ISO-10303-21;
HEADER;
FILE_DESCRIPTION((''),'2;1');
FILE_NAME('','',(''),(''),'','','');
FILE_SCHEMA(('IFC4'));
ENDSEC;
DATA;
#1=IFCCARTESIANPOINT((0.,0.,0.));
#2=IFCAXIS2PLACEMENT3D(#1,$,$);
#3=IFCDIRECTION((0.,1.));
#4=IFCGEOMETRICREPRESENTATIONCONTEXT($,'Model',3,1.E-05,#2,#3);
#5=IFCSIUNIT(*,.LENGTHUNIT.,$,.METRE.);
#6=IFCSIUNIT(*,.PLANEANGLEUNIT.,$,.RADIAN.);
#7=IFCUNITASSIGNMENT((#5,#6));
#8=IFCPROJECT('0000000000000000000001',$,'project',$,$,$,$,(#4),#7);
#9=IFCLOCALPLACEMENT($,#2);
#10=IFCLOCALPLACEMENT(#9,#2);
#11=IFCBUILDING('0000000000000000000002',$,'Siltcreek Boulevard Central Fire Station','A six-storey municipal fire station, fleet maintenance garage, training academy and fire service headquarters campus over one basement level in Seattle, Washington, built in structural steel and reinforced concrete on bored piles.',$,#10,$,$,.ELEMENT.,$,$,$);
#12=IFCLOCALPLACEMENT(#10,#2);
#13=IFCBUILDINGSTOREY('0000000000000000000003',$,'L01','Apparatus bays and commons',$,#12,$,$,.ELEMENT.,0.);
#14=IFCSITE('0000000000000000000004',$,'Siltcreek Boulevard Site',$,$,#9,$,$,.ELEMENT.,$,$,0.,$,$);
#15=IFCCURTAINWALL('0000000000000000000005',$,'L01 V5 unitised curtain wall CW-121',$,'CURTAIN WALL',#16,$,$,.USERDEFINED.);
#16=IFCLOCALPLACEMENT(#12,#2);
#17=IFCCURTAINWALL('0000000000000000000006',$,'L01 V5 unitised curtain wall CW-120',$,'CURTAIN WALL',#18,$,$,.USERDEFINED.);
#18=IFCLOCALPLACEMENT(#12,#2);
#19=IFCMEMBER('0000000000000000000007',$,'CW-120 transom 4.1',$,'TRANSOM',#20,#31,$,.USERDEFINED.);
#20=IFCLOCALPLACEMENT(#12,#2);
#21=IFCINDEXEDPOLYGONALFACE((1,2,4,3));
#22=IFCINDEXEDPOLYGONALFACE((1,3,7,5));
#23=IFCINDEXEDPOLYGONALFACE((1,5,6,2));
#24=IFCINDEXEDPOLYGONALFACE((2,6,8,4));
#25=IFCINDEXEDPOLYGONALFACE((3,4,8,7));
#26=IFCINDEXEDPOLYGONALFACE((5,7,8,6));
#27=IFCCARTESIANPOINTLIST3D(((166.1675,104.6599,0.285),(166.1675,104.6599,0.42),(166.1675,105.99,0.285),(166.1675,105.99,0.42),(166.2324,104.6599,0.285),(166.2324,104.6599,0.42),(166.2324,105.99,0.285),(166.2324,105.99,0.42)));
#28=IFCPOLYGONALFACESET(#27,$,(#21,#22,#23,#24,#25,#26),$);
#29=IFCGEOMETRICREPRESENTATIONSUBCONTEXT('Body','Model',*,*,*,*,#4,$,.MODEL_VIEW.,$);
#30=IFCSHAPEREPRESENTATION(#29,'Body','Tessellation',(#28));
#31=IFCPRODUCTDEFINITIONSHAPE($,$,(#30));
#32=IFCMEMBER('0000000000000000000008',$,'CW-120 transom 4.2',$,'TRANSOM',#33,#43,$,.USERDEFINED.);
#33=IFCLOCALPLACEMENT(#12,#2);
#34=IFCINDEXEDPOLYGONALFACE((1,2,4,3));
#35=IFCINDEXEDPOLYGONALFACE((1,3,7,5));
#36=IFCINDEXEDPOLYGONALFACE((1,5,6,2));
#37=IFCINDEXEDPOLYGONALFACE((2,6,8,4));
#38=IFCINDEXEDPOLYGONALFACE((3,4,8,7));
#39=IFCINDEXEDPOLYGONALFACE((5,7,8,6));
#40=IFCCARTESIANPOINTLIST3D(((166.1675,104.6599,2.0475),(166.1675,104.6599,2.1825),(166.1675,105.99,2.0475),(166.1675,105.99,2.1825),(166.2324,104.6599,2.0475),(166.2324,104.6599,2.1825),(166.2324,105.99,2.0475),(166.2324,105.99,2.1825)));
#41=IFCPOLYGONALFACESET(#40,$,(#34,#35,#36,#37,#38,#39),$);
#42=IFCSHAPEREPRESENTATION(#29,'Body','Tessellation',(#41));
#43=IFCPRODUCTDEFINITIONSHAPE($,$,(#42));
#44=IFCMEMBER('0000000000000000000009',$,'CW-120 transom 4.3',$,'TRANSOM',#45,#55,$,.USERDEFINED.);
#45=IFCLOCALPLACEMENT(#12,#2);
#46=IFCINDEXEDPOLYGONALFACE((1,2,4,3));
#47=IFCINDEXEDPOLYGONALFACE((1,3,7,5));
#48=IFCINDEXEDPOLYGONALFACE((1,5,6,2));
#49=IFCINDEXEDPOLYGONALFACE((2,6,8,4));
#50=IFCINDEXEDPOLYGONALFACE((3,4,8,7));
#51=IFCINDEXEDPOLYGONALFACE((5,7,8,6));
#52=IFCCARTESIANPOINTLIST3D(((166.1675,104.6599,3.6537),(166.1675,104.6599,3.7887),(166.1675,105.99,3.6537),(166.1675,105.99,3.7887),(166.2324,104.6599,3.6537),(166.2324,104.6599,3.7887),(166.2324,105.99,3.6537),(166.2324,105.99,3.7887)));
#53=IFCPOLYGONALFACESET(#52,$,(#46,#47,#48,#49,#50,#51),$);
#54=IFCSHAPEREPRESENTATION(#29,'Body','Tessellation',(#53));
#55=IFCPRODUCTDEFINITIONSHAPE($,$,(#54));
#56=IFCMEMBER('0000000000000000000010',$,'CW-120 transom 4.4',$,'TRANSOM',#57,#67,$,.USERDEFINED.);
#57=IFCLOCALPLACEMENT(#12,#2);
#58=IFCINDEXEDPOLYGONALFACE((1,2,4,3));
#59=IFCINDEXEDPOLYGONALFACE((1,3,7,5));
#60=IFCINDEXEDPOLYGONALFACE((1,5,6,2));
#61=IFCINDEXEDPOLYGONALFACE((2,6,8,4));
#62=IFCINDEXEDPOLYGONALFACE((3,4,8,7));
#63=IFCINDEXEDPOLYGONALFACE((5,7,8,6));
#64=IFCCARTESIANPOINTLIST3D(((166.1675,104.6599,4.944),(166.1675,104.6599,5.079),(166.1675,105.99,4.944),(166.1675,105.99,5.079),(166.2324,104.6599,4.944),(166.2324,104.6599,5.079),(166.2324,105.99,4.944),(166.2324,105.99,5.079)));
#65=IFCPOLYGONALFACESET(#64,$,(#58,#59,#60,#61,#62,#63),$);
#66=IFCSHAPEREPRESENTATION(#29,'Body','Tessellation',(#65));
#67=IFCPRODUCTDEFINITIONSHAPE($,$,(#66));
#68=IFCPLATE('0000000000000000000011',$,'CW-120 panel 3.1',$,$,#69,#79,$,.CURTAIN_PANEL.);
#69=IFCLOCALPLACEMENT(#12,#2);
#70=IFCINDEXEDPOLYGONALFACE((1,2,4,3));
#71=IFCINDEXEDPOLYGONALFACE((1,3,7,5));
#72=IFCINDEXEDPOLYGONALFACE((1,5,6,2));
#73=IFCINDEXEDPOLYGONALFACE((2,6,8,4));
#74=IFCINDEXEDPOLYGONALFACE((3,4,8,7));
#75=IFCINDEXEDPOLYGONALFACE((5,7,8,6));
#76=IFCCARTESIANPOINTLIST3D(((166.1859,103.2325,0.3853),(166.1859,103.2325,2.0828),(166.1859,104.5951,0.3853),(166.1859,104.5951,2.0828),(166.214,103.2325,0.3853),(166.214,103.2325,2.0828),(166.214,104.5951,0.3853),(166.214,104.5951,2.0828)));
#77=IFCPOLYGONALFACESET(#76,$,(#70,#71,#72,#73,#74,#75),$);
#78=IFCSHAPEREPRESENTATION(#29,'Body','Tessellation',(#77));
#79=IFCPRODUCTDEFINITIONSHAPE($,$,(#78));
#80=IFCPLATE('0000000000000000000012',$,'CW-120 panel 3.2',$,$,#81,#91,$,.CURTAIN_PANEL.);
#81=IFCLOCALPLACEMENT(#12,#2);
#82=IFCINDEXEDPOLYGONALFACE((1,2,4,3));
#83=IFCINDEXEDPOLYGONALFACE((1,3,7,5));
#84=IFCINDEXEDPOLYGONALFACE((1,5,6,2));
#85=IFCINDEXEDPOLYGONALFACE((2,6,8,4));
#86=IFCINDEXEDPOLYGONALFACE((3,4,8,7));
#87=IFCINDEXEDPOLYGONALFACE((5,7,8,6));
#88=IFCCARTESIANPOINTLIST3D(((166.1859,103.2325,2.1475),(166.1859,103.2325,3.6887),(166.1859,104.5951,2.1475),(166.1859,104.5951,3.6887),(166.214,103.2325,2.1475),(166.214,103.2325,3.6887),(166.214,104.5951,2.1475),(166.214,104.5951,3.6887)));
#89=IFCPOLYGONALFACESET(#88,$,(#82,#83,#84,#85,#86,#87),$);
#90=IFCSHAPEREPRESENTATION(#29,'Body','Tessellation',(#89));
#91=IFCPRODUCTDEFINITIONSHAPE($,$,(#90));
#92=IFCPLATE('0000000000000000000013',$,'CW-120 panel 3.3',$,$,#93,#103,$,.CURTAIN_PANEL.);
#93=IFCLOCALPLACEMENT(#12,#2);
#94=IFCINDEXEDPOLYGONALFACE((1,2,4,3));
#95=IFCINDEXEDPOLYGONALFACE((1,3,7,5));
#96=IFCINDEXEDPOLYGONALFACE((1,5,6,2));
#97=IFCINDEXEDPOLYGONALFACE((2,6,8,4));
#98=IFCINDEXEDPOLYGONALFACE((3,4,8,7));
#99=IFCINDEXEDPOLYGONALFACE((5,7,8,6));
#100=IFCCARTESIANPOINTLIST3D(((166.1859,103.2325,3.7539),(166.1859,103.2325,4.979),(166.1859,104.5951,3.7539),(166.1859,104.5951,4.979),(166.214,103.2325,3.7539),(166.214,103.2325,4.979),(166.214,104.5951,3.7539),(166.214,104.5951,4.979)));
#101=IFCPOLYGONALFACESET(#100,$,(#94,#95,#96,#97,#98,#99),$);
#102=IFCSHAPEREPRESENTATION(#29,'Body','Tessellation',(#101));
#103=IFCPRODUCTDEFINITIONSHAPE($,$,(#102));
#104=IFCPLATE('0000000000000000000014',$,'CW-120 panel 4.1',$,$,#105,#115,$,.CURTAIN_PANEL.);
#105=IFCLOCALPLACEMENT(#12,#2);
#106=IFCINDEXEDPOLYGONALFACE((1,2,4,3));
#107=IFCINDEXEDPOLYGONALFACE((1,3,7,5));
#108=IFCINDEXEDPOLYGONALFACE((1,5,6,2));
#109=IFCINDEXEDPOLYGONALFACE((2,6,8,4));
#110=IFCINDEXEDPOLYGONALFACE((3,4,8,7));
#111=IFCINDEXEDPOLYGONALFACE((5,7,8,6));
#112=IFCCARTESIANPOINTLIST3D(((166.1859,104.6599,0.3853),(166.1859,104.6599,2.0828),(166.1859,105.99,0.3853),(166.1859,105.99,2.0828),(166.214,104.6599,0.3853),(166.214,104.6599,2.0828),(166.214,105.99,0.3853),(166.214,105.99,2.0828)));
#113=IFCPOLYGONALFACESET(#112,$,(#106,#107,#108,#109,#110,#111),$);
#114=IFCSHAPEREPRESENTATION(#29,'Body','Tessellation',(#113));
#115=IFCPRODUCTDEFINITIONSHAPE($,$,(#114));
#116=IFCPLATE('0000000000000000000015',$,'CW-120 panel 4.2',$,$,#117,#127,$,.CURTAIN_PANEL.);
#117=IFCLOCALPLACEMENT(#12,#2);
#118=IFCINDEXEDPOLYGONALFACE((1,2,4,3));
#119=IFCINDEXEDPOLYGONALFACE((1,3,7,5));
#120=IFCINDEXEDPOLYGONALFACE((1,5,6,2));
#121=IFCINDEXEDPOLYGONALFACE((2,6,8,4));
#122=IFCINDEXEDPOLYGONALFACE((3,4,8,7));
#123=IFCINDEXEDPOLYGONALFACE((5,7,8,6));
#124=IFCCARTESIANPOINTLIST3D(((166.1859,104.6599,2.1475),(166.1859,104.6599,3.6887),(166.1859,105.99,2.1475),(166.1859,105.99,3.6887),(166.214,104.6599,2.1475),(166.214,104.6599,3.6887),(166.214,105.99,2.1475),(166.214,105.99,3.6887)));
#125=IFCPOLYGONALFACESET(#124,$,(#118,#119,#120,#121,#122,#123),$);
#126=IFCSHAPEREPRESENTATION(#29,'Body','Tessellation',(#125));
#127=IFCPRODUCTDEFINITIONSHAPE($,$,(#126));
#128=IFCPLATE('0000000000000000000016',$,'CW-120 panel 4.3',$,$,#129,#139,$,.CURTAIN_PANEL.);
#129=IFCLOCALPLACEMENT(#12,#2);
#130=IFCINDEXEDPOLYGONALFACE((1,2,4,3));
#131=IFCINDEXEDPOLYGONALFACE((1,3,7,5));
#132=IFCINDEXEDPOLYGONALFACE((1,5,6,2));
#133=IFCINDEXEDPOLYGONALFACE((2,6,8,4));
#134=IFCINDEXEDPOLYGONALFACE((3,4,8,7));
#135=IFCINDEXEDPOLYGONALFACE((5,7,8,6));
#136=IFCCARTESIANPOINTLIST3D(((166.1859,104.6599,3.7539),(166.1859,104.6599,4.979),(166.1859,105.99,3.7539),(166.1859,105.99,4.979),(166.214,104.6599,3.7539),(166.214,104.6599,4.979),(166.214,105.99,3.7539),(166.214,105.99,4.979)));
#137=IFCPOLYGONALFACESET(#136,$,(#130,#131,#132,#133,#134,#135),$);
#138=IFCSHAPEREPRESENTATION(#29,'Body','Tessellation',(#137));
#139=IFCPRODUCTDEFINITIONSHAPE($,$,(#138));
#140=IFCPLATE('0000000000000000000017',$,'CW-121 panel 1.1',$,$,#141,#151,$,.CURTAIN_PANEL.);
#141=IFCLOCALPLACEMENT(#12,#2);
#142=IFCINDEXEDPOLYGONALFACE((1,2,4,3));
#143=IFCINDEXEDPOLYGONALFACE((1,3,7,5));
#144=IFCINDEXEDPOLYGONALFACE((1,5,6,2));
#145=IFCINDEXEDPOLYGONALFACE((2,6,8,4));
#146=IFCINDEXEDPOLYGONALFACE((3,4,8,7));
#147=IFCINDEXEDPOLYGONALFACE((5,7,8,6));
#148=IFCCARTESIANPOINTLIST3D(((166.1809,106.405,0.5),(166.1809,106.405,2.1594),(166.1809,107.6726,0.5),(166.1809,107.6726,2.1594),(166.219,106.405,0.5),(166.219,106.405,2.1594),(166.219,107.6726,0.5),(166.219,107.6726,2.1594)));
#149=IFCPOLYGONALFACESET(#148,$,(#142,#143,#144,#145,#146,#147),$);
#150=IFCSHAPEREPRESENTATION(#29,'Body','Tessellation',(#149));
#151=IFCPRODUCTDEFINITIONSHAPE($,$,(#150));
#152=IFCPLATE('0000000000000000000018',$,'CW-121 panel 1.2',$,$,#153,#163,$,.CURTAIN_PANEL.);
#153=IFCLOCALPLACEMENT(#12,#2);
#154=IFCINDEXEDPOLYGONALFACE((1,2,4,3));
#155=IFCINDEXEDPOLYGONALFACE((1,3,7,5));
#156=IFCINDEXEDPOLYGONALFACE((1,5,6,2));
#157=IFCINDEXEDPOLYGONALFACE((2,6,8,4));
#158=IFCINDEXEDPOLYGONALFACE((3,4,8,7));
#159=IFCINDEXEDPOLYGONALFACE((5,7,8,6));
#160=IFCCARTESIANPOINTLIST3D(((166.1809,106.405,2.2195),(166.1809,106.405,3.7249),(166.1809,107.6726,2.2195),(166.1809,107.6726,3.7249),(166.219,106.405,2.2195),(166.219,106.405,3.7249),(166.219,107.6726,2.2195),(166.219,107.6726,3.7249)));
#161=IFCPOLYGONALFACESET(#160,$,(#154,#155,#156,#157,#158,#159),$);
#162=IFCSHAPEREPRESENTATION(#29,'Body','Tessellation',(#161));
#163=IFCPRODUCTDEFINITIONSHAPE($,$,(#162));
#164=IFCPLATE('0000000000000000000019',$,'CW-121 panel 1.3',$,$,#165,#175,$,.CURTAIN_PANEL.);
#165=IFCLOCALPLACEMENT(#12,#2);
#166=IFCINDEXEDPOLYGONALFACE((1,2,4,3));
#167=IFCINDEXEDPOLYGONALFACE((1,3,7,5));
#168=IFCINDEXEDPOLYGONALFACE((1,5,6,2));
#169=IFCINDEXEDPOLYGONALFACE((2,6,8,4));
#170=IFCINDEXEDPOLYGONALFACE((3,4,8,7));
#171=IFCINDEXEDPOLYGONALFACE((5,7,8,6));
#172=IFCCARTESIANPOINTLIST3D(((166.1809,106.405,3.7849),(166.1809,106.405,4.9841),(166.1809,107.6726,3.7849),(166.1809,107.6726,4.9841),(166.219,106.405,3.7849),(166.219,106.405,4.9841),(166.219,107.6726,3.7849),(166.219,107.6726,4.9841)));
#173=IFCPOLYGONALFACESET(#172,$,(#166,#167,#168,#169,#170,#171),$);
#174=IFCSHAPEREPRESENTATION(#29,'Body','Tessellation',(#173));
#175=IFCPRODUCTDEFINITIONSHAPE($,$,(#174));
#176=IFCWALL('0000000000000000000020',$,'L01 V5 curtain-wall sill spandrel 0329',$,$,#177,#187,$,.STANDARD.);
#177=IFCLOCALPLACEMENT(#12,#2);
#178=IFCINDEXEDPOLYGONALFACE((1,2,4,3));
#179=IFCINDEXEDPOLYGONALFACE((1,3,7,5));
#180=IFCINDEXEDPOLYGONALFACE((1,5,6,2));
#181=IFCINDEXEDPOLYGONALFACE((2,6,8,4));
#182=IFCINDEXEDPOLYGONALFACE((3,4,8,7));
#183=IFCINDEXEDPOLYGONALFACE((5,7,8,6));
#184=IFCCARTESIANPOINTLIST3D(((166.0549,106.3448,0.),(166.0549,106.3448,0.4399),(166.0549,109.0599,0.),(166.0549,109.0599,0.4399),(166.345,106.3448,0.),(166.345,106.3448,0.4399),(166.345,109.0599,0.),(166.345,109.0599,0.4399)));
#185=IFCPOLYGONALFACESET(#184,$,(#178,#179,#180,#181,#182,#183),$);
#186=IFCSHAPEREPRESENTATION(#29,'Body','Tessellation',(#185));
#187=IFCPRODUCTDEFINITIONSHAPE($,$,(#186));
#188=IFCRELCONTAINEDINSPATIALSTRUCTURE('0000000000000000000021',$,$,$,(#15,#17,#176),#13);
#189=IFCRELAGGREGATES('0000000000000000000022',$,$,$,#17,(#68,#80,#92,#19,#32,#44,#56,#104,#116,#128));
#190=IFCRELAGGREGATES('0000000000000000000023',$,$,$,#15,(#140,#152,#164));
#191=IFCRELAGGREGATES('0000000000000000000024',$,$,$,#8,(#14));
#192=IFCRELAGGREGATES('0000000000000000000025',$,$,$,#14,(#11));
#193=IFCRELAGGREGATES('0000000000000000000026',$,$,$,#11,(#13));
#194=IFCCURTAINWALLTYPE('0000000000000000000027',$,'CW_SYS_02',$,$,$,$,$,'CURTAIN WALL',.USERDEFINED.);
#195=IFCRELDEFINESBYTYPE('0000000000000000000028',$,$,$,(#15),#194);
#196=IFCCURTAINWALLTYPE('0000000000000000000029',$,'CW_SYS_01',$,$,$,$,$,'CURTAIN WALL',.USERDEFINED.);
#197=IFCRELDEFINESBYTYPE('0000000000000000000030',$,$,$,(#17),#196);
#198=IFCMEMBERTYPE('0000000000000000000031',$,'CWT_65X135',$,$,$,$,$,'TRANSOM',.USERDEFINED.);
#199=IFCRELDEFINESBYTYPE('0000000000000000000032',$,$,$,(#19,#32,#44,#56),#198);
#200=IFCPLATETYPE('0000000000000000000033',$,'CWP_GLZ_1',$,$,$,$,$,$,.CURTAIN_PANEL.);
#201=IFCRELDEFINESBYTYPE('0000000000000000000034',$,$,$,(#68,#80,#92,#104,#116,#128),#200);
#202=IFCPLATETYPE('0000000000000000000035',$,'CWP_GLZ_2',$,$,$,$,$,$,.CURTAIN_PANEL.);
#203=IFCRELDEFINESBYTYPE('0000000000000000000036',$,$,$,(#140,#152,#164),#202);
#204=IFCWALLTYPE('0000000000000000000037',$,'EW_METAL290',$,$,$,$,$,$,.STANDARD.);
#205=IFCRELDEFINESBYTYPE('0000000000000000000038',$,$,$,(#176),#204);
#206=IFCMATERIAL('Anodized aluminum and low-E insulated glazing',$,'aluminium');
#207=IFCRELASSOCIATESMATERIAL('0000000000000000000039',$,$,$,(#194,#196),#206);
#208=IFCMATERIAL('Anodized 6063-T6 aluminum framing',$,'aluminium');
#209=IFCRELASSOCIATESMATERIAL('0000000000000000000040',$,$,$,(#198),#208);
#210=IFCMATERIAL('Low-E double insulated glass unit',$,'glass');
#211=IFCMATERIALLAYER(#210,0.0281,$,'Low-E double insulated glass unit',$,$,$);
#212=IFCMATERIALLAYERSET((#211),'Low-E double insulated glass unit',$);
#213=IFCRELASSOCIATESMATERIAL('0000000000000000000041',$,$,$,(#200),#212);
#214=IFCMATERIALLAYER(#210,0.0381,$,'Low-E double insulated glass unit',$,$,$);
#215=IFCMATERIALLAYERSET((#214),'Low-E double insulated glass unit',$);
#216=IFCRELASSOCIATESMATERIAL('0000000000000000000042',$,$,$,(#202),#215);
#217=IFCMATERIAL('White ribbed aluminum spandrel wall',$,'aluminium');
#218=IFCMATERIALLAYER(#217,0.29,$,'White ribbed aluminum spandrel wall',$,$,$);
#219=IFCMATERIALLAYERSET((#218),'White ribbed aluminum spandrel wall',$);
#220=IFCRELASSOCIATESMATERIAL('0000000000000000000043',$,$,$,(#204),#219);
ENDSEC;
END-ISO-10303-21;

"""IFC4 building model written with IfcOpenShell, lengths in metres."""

from ifc_helpers import new_model, si_unit, direction, frame, frame_2d, origin, origin_2d, place, context, subcontext, project, spatial, rectangle, extrude, material, layer, layer_set, material_profile, profile_set, type_object, element, aggregate, save


model = new_model("IFC4")

# Units and contexts
model_context = context("Model", 3, precision=1e-05, world=origin(), true_north=direction((0.0, 1.0)))
body_context = subcontext(model_context, "Body", "Model", "MODEL_VIEW")
ifc_project = project(units=[si_unit("LENGTHUNIT", "METRE"), si_unit("PLANEANGLEUNIT", "RADIAN")], contexts=[model_context])

# Site, building, storey
site_placement = place(None, origin())
site = spatial("IfcSite", under=ifc_project, at=site_placement, Name="Siltcreek Boulevard Site", CompositionType="ELEMENT", RefElevation=0.0)
building_placement = place(site_placement, origin())
building = spatial("IfcBuilding", under=site, at=building_placement, Name="Siltcreek Boulevard Central Fire Station", Description="A six-storey municipal fire station, fleet maintenance garage, training academy and fire service headquarters campus over one basement level in Seattle, Washington, built in structural steel and reinforced concrete on bored piles.", CompositionType="ELEMENT")
storey_placement = place(building_placement, origin())
storey = spatial("IfcBuildingStorey", under=building, at=storey_placement, Name="L01", Description="Apparatus bays and commons", CompositionType="ELEMENT", Elevation=0.0)

# Curtain walls
ifc_material_1 = material(Name="Anodized aluminum and low-E insulated glazing", Category="aluminium")
curtain_wall_type_1 = type_object("IfcCurtainWallType", Name="CW_SYS_02", ElementType="CURTAIN WALL", PredefinedType="USERDEFINED", material=ifc_material_1)
curtain_wall_1_placement = place(storey_placement, origin())
curtain_wall_1 = element("IfcCurtainWall", 1, at=curtain_wall_1_placement, inside=storey, type_object=curtain_wall_type_1, Name="L01 V5 unitised curtain wall CW-121", ObjectType="CURTAIN WALL", PredefinedType="USERDEFINED")
ifc_material_2 = material(Name="Anodized 6063-T6 aluminum framing", Category="aluminium")
curtain_wall_type_2 = type_object("IfcCurtainWallType", Name="CW_SYS_01", ElementType="CURTAIN WALL", PredefinedType="USERDEFINED", material=ifc_material_1)
curtain_wall_2_placement = place(storey_placement, origin())
curtain_wall_2 = element("IfcCurtainWall", 2, at=curtain_wall_2_placement, inside=storey, type_object=curtain_wall_type_2, Name="L01 V5 unitised curtain wall CW-120", ObjectType="CURTAIN WALL", PredefinedType="USERDEFINED")

# Members
ifc_material_profile_1 = material_profile(ifc_material_2, rectangle(XDim=0.0649, YDim=0.135, at=origin_2d()), Name="TRAN65X135")
ifc_profile_set_1 = profile_set([ifc_material_profile_1], Name="Anodized 6063-T6 aluminum framing")
member_type_1 = type_object("IfcMemberType", Name="CWT_65X135", ElementType="TRANSOM", PredefinedType="USERDEFINED", material=ifc_profile_set_1)
member_1_placement = place(storey_placement, frame((166.2, 104.6599, 0.3525), z_axis=(0.0, 1.0, 0.0), x_axis=(-1.0, 0.0, 0.0)))
member_1 = element("IfcMember", 3, at=member_1_placement, type_object=member_type_1, Name="CW-120 transom 4.1", ObjectType="TRANSOM", PredefinedType="USERDEFINED", context=body_context, shape_type="SweptSolid", body=[
    extrude(rectangle(XDim=0.0649, YDim=0.135, at=origin_2d()), origin(), (0.0, 0.0, 1.0), 1.3301),
])
member_2_placement = place(storey_placement, frame((166.2, 104.6599, 2.115), z_axis=(0.0, 1.0, 0.0), x_axis=(-1.0, 0.0, 0.0)))
member_2 = element("IfcMember", 4, at=member_2_placement, type_object=member_type_1, Name="CW-120 transom 4.2", ObjectType="TRANSOM", PredefinedType="USERDEFINED", context=body_context, shape_type="SweptSolid", body=[
    extrude(rectangle(XDim=0.0649, YDim=0.135, at=origin_2d()), origin(), (0.0, 0.0, 1.0), 1.3301),
])
member_3_placement = place(storey_placement, frame((166.2, 104.6599, 3.7212), z_axis=(0.0, 1.0, 0.0), x_axis=(-1.0, 0.0, 0.0)))
member_3 = element("IfcMember", 5, at=member_3_placement, type_object=member_type_1, Name="CW-120 transom 4.3", ObjectType="TRANSOM", PredefinedType="USERDEFINED", context=body_context, shape_type="SweptSolid", body=[
    extrude(rectangle(XDim=0.0649, YDim=0.135, at=origin_2d()), origin(), (0.0, 0.0, 1.0), 1.3301),
])
member_4_placement = place(storey_placement, frame((166.2, 104.6599, 5.0115), z_axis=(0.0, 1.0, 0.0), x_axis=(-1.0, 0.0, 0.0)))
member_4 = element("IfcMember", 6, at=member_4_placement, type_object=member_type_1, Name="CW-120 transom 4.4", ObjectType="TRANSOM", PredefinedType="USERDEFINED", context=body_context, shape_type="SweptSolid", body=[
    extrude(rectangle(XDim=0.0649, YDim=0.135, at=origin_2d()), origin(), (0.0, 0.0, 1.0), 1.3301),
])

# Plates
ifc_material_3 = material(Name="Low-E double insulated glass unit", Category="glass")
ifc_layer_1 = layer(ifc_material_3, 0.0281, Name="Low-E double insulated glass unit")
ifc_layer_set_1 = layer_set([ifc_layer_1], Name="Low-E double insulated glass unit")
plate_type_1 = type_object("IfcPlateType", Name="CWP_GLZ_1", PredefinedType="CURTAIN_PANEL", material=ifc_layer_set_1)
plate_1_placement = place(storey_placement, frame((166.2, 103.9138, 0.3853), z_axis=(0.0, 0.0, 1.0), x_axis=(0.0, 1.0, 0.0)))
plate_1 = element("IfcPlate", 7, at=plate_1_placement, type_object=plate_type_1, Name="CW-120 panel 3.1", PredefinedType="CURTAIN_PANEL", context=body_context, shape_type="SweptSolid", body=[
    extrude(rectangle(XDim=1.3625, YDim=0.0281, at=origin_2d()), origin(), (0.0, 0.0, 1.0), 1.6975),
])
plate_2_placement = place(storey_placement, frame((166.2, 103.9138, 2.1475), z_axis=(0.0, 0.0, 1.0), x_axis=(0.0, 1.0, 0.0)))
plate_2 = element("IfcPlate", 8, at=plate_2_placement, type_object=plate_type_1, Name="CW-120 panel 3.2", PredefinedType="CURTAIN_PANEL", context=body_context, shape_type="SweptSolid", body=[
    extrude(rectangle(XDim=1.3625, YDim=0.0281, at=origin_2d()), origin(), (0.0, 0.0, 1.0), 1.5413),
])
plate_3_placement = place(storey_placement, frame((166.2, 103.9138, 3.7539), z_axis=(0.0, 0.0, 1.0), x_axis=(0.0, 1.0, 0.0)))
plate_3 = element("IfcPlate", 9, at=plate_3_placement, type_object=plate_type_1, Name="CW-120 panel 3.3", PredefinedType="CURTAIN_PANEL", context=body_context, shape_type="SweptSolid", body=[
    extrude(rectangle(XDim=1.3625, YDim=0.0281, at=origin_2d()), origin(), (0.0, 0.0, 1.0), 1.2251),
])
plate_4_placement = place(storey_placement, frame((166.2, 105.325, 0.3853), z_axis=(0.0, 0.0, 1.0), x_axis=(0.0, 1.0, 0.0)))
plate_4 = element("IfcPlate", 10, at=plate_4_placement, type_object=plate_type_1, Name="CW-120 panel 4.1", PredefinedType="CURTAIN_PANEL", context=body_context, shape_type="SweptSolid", body=[
    extrude(rectangle(XDim=1.3301, YDim=0.0281, at=origin_2d()), origin(), (0.0, 0.0, 1.0), 1.6975),
])
plate_5_placement = place(storey_placement, frame((166.2, 105.325, 2.1475), z_axis=(0.0, 0.0, 1.0), x_axis=(0.0, 1.0, 0.0)))
plate_5 = element("IfcPlate", 11, at=plate_5_placement, type_object=plate_type_1, Name="CW-120 panel 4.2", PredefinedType="CURTAIN_PANEL", context=body_context, shape_type="SweptSolid", body=[
    extrude(rectangle(XDim=1.3301, YDim=0.0281, at=origin_2d()), origin(), (0.0, 0.0, 1.0), 1.5413),
])
plate_6_placement = place(storey_placement, frame((166.2, 105.325, 3.7539), z_axis=(0.0, 0.0, 1.0), x_axis=(0.0, 1.0, 0.0)))
plate_6 = element("IfcPlate", 12, at=plate_6_placement, type_object=plate_type_1, Name="CW-120 panel 4.3", PredefinedType="CURTAIN_PANEL", context=body_context, shape_type="SweptSolid", body=[
    extrude(rectangle(XDim=1.3301, YDim=0.0281, at=origin_2d()), origin(), (0.0, 0.0, 1.0), 1.2251),
])
aggregate(curtain_wall_2, [plate_1, plate_2, plate_3, member_1, member_2, member_3, member_4, plate_4, plate_5, plate_6])
ifc_layer_2 = layer(ifc_material_3, 0.0381, Name="Low-E double insulated glass unit")
ifc_layer_set_2 = layer_set([ifc_layer_2], Name="Low-E double insulated glass unit")
plate_type_2 = type_object("IfcPlateType", Name="CWP_GLZ_2", PredefinedType="CURTAIN_PANEL", material=ifc_layer_set_2)
plate_7_placement = place(storey_placement, frame((166.2, 107.0388, 0.5), z_axis=(0.0, 0.0, 1.0), x_axis=(0.0, 1.0, 0.0)))
plate_7 = element("IfcPlate", 13, at=plate_7_placement, type_object=plate_type_2, Name="CW-121 panel 1.1", PredefinedType="CURTAIN_PANEL", context=body_context, shape_type="SweptSolid", body=[
    extrude(rectangle(XDim=1.2676, YDim=0.0381, at=origin_2d()), origin(), (0.0, 0.0, 1.0), 1.6594),
])
plate_8_placement = place(storey_placement, frame((166.2, 107.0388, 2.2195), z_axis=(0.0, 0.0, 1.0), x_axis=(0.0, 1.0, 0.0)))
plate_8 = element("IfcPlate", 14, at=plate_8_placement, type_object=plate_type_2, Name="CW-121 panel 1.2", PredefinedType="CURTAIN_PANEL", context=body_context, shape_type="SweptSolid", body=[
    extrude(rectangle(XDim=1.2676, YDim=0.0381, at=origin_2d()), origin(), (0.0, 0.0, 1.0), 1.5054),
])
plate_9_placement = place(storey_placement, frame((166.2, 107.0388, 3.7849), z_axis=(0.0, 0.0, 1.0), x_axis=(0.0, 1.0, 0.0)))
plate_9 = element("IfcPlate", 15, at=plate_9_placement, type_object=plate_type_2, Name="CW-121 panel 1.3", PredefinedType="CURTAIN_PANEL", context=body_context, shape_type="SweptSolid", body=[
    extrude(rectangle(XDim=1.2676, YDim=0.0381, at=origin_2d()), origin(), (0.0, 0.0, 1.0), 1.1992),
])
aggregate(curtain_wall_1, [plate_7, plate_8, plate_9])

# Wall
ifc_material_4 = material(Name="White ribbed aluminum spandrel wall", Category="aluminium")
ifc_layer_3 = layer(ifc_material_4, 0.29, Name="White ribbed aluminum spandrel wall")
ifc_layer_set_3 = layer_set([ifc_layer_3], Name="White ribbed aluminum spandrel wall")
wall_type_1 = type_object("IfcWallType", Name="EW_METAL290", PredefinedType="STANDARD", material=ifc_layer_set_3)
wall_1_placement = place(storey_placement, frame((166.2, 106.345, 0.0), z_axis=(0.0, 0.0, 1.0), x_axis=(0.0, 1.0, 0.0)))
element("IfcWall", 16, at=wall_1_placement, inside=storey, type_object=wall_type_1, Name="L01 V5 curtain-wall sill spandrel 0329", PredefinedType="STANDARD", context=body_context, shape_type="SweptSolid", body=[
    extrude(rectangle(XDim=2.7151, YDim=0.29, at=frame_2d((1.3574, 0.0))), origin(), (0.0, 0.0, 1.0), 0.4399),
])

save(model, "model.ifc")
